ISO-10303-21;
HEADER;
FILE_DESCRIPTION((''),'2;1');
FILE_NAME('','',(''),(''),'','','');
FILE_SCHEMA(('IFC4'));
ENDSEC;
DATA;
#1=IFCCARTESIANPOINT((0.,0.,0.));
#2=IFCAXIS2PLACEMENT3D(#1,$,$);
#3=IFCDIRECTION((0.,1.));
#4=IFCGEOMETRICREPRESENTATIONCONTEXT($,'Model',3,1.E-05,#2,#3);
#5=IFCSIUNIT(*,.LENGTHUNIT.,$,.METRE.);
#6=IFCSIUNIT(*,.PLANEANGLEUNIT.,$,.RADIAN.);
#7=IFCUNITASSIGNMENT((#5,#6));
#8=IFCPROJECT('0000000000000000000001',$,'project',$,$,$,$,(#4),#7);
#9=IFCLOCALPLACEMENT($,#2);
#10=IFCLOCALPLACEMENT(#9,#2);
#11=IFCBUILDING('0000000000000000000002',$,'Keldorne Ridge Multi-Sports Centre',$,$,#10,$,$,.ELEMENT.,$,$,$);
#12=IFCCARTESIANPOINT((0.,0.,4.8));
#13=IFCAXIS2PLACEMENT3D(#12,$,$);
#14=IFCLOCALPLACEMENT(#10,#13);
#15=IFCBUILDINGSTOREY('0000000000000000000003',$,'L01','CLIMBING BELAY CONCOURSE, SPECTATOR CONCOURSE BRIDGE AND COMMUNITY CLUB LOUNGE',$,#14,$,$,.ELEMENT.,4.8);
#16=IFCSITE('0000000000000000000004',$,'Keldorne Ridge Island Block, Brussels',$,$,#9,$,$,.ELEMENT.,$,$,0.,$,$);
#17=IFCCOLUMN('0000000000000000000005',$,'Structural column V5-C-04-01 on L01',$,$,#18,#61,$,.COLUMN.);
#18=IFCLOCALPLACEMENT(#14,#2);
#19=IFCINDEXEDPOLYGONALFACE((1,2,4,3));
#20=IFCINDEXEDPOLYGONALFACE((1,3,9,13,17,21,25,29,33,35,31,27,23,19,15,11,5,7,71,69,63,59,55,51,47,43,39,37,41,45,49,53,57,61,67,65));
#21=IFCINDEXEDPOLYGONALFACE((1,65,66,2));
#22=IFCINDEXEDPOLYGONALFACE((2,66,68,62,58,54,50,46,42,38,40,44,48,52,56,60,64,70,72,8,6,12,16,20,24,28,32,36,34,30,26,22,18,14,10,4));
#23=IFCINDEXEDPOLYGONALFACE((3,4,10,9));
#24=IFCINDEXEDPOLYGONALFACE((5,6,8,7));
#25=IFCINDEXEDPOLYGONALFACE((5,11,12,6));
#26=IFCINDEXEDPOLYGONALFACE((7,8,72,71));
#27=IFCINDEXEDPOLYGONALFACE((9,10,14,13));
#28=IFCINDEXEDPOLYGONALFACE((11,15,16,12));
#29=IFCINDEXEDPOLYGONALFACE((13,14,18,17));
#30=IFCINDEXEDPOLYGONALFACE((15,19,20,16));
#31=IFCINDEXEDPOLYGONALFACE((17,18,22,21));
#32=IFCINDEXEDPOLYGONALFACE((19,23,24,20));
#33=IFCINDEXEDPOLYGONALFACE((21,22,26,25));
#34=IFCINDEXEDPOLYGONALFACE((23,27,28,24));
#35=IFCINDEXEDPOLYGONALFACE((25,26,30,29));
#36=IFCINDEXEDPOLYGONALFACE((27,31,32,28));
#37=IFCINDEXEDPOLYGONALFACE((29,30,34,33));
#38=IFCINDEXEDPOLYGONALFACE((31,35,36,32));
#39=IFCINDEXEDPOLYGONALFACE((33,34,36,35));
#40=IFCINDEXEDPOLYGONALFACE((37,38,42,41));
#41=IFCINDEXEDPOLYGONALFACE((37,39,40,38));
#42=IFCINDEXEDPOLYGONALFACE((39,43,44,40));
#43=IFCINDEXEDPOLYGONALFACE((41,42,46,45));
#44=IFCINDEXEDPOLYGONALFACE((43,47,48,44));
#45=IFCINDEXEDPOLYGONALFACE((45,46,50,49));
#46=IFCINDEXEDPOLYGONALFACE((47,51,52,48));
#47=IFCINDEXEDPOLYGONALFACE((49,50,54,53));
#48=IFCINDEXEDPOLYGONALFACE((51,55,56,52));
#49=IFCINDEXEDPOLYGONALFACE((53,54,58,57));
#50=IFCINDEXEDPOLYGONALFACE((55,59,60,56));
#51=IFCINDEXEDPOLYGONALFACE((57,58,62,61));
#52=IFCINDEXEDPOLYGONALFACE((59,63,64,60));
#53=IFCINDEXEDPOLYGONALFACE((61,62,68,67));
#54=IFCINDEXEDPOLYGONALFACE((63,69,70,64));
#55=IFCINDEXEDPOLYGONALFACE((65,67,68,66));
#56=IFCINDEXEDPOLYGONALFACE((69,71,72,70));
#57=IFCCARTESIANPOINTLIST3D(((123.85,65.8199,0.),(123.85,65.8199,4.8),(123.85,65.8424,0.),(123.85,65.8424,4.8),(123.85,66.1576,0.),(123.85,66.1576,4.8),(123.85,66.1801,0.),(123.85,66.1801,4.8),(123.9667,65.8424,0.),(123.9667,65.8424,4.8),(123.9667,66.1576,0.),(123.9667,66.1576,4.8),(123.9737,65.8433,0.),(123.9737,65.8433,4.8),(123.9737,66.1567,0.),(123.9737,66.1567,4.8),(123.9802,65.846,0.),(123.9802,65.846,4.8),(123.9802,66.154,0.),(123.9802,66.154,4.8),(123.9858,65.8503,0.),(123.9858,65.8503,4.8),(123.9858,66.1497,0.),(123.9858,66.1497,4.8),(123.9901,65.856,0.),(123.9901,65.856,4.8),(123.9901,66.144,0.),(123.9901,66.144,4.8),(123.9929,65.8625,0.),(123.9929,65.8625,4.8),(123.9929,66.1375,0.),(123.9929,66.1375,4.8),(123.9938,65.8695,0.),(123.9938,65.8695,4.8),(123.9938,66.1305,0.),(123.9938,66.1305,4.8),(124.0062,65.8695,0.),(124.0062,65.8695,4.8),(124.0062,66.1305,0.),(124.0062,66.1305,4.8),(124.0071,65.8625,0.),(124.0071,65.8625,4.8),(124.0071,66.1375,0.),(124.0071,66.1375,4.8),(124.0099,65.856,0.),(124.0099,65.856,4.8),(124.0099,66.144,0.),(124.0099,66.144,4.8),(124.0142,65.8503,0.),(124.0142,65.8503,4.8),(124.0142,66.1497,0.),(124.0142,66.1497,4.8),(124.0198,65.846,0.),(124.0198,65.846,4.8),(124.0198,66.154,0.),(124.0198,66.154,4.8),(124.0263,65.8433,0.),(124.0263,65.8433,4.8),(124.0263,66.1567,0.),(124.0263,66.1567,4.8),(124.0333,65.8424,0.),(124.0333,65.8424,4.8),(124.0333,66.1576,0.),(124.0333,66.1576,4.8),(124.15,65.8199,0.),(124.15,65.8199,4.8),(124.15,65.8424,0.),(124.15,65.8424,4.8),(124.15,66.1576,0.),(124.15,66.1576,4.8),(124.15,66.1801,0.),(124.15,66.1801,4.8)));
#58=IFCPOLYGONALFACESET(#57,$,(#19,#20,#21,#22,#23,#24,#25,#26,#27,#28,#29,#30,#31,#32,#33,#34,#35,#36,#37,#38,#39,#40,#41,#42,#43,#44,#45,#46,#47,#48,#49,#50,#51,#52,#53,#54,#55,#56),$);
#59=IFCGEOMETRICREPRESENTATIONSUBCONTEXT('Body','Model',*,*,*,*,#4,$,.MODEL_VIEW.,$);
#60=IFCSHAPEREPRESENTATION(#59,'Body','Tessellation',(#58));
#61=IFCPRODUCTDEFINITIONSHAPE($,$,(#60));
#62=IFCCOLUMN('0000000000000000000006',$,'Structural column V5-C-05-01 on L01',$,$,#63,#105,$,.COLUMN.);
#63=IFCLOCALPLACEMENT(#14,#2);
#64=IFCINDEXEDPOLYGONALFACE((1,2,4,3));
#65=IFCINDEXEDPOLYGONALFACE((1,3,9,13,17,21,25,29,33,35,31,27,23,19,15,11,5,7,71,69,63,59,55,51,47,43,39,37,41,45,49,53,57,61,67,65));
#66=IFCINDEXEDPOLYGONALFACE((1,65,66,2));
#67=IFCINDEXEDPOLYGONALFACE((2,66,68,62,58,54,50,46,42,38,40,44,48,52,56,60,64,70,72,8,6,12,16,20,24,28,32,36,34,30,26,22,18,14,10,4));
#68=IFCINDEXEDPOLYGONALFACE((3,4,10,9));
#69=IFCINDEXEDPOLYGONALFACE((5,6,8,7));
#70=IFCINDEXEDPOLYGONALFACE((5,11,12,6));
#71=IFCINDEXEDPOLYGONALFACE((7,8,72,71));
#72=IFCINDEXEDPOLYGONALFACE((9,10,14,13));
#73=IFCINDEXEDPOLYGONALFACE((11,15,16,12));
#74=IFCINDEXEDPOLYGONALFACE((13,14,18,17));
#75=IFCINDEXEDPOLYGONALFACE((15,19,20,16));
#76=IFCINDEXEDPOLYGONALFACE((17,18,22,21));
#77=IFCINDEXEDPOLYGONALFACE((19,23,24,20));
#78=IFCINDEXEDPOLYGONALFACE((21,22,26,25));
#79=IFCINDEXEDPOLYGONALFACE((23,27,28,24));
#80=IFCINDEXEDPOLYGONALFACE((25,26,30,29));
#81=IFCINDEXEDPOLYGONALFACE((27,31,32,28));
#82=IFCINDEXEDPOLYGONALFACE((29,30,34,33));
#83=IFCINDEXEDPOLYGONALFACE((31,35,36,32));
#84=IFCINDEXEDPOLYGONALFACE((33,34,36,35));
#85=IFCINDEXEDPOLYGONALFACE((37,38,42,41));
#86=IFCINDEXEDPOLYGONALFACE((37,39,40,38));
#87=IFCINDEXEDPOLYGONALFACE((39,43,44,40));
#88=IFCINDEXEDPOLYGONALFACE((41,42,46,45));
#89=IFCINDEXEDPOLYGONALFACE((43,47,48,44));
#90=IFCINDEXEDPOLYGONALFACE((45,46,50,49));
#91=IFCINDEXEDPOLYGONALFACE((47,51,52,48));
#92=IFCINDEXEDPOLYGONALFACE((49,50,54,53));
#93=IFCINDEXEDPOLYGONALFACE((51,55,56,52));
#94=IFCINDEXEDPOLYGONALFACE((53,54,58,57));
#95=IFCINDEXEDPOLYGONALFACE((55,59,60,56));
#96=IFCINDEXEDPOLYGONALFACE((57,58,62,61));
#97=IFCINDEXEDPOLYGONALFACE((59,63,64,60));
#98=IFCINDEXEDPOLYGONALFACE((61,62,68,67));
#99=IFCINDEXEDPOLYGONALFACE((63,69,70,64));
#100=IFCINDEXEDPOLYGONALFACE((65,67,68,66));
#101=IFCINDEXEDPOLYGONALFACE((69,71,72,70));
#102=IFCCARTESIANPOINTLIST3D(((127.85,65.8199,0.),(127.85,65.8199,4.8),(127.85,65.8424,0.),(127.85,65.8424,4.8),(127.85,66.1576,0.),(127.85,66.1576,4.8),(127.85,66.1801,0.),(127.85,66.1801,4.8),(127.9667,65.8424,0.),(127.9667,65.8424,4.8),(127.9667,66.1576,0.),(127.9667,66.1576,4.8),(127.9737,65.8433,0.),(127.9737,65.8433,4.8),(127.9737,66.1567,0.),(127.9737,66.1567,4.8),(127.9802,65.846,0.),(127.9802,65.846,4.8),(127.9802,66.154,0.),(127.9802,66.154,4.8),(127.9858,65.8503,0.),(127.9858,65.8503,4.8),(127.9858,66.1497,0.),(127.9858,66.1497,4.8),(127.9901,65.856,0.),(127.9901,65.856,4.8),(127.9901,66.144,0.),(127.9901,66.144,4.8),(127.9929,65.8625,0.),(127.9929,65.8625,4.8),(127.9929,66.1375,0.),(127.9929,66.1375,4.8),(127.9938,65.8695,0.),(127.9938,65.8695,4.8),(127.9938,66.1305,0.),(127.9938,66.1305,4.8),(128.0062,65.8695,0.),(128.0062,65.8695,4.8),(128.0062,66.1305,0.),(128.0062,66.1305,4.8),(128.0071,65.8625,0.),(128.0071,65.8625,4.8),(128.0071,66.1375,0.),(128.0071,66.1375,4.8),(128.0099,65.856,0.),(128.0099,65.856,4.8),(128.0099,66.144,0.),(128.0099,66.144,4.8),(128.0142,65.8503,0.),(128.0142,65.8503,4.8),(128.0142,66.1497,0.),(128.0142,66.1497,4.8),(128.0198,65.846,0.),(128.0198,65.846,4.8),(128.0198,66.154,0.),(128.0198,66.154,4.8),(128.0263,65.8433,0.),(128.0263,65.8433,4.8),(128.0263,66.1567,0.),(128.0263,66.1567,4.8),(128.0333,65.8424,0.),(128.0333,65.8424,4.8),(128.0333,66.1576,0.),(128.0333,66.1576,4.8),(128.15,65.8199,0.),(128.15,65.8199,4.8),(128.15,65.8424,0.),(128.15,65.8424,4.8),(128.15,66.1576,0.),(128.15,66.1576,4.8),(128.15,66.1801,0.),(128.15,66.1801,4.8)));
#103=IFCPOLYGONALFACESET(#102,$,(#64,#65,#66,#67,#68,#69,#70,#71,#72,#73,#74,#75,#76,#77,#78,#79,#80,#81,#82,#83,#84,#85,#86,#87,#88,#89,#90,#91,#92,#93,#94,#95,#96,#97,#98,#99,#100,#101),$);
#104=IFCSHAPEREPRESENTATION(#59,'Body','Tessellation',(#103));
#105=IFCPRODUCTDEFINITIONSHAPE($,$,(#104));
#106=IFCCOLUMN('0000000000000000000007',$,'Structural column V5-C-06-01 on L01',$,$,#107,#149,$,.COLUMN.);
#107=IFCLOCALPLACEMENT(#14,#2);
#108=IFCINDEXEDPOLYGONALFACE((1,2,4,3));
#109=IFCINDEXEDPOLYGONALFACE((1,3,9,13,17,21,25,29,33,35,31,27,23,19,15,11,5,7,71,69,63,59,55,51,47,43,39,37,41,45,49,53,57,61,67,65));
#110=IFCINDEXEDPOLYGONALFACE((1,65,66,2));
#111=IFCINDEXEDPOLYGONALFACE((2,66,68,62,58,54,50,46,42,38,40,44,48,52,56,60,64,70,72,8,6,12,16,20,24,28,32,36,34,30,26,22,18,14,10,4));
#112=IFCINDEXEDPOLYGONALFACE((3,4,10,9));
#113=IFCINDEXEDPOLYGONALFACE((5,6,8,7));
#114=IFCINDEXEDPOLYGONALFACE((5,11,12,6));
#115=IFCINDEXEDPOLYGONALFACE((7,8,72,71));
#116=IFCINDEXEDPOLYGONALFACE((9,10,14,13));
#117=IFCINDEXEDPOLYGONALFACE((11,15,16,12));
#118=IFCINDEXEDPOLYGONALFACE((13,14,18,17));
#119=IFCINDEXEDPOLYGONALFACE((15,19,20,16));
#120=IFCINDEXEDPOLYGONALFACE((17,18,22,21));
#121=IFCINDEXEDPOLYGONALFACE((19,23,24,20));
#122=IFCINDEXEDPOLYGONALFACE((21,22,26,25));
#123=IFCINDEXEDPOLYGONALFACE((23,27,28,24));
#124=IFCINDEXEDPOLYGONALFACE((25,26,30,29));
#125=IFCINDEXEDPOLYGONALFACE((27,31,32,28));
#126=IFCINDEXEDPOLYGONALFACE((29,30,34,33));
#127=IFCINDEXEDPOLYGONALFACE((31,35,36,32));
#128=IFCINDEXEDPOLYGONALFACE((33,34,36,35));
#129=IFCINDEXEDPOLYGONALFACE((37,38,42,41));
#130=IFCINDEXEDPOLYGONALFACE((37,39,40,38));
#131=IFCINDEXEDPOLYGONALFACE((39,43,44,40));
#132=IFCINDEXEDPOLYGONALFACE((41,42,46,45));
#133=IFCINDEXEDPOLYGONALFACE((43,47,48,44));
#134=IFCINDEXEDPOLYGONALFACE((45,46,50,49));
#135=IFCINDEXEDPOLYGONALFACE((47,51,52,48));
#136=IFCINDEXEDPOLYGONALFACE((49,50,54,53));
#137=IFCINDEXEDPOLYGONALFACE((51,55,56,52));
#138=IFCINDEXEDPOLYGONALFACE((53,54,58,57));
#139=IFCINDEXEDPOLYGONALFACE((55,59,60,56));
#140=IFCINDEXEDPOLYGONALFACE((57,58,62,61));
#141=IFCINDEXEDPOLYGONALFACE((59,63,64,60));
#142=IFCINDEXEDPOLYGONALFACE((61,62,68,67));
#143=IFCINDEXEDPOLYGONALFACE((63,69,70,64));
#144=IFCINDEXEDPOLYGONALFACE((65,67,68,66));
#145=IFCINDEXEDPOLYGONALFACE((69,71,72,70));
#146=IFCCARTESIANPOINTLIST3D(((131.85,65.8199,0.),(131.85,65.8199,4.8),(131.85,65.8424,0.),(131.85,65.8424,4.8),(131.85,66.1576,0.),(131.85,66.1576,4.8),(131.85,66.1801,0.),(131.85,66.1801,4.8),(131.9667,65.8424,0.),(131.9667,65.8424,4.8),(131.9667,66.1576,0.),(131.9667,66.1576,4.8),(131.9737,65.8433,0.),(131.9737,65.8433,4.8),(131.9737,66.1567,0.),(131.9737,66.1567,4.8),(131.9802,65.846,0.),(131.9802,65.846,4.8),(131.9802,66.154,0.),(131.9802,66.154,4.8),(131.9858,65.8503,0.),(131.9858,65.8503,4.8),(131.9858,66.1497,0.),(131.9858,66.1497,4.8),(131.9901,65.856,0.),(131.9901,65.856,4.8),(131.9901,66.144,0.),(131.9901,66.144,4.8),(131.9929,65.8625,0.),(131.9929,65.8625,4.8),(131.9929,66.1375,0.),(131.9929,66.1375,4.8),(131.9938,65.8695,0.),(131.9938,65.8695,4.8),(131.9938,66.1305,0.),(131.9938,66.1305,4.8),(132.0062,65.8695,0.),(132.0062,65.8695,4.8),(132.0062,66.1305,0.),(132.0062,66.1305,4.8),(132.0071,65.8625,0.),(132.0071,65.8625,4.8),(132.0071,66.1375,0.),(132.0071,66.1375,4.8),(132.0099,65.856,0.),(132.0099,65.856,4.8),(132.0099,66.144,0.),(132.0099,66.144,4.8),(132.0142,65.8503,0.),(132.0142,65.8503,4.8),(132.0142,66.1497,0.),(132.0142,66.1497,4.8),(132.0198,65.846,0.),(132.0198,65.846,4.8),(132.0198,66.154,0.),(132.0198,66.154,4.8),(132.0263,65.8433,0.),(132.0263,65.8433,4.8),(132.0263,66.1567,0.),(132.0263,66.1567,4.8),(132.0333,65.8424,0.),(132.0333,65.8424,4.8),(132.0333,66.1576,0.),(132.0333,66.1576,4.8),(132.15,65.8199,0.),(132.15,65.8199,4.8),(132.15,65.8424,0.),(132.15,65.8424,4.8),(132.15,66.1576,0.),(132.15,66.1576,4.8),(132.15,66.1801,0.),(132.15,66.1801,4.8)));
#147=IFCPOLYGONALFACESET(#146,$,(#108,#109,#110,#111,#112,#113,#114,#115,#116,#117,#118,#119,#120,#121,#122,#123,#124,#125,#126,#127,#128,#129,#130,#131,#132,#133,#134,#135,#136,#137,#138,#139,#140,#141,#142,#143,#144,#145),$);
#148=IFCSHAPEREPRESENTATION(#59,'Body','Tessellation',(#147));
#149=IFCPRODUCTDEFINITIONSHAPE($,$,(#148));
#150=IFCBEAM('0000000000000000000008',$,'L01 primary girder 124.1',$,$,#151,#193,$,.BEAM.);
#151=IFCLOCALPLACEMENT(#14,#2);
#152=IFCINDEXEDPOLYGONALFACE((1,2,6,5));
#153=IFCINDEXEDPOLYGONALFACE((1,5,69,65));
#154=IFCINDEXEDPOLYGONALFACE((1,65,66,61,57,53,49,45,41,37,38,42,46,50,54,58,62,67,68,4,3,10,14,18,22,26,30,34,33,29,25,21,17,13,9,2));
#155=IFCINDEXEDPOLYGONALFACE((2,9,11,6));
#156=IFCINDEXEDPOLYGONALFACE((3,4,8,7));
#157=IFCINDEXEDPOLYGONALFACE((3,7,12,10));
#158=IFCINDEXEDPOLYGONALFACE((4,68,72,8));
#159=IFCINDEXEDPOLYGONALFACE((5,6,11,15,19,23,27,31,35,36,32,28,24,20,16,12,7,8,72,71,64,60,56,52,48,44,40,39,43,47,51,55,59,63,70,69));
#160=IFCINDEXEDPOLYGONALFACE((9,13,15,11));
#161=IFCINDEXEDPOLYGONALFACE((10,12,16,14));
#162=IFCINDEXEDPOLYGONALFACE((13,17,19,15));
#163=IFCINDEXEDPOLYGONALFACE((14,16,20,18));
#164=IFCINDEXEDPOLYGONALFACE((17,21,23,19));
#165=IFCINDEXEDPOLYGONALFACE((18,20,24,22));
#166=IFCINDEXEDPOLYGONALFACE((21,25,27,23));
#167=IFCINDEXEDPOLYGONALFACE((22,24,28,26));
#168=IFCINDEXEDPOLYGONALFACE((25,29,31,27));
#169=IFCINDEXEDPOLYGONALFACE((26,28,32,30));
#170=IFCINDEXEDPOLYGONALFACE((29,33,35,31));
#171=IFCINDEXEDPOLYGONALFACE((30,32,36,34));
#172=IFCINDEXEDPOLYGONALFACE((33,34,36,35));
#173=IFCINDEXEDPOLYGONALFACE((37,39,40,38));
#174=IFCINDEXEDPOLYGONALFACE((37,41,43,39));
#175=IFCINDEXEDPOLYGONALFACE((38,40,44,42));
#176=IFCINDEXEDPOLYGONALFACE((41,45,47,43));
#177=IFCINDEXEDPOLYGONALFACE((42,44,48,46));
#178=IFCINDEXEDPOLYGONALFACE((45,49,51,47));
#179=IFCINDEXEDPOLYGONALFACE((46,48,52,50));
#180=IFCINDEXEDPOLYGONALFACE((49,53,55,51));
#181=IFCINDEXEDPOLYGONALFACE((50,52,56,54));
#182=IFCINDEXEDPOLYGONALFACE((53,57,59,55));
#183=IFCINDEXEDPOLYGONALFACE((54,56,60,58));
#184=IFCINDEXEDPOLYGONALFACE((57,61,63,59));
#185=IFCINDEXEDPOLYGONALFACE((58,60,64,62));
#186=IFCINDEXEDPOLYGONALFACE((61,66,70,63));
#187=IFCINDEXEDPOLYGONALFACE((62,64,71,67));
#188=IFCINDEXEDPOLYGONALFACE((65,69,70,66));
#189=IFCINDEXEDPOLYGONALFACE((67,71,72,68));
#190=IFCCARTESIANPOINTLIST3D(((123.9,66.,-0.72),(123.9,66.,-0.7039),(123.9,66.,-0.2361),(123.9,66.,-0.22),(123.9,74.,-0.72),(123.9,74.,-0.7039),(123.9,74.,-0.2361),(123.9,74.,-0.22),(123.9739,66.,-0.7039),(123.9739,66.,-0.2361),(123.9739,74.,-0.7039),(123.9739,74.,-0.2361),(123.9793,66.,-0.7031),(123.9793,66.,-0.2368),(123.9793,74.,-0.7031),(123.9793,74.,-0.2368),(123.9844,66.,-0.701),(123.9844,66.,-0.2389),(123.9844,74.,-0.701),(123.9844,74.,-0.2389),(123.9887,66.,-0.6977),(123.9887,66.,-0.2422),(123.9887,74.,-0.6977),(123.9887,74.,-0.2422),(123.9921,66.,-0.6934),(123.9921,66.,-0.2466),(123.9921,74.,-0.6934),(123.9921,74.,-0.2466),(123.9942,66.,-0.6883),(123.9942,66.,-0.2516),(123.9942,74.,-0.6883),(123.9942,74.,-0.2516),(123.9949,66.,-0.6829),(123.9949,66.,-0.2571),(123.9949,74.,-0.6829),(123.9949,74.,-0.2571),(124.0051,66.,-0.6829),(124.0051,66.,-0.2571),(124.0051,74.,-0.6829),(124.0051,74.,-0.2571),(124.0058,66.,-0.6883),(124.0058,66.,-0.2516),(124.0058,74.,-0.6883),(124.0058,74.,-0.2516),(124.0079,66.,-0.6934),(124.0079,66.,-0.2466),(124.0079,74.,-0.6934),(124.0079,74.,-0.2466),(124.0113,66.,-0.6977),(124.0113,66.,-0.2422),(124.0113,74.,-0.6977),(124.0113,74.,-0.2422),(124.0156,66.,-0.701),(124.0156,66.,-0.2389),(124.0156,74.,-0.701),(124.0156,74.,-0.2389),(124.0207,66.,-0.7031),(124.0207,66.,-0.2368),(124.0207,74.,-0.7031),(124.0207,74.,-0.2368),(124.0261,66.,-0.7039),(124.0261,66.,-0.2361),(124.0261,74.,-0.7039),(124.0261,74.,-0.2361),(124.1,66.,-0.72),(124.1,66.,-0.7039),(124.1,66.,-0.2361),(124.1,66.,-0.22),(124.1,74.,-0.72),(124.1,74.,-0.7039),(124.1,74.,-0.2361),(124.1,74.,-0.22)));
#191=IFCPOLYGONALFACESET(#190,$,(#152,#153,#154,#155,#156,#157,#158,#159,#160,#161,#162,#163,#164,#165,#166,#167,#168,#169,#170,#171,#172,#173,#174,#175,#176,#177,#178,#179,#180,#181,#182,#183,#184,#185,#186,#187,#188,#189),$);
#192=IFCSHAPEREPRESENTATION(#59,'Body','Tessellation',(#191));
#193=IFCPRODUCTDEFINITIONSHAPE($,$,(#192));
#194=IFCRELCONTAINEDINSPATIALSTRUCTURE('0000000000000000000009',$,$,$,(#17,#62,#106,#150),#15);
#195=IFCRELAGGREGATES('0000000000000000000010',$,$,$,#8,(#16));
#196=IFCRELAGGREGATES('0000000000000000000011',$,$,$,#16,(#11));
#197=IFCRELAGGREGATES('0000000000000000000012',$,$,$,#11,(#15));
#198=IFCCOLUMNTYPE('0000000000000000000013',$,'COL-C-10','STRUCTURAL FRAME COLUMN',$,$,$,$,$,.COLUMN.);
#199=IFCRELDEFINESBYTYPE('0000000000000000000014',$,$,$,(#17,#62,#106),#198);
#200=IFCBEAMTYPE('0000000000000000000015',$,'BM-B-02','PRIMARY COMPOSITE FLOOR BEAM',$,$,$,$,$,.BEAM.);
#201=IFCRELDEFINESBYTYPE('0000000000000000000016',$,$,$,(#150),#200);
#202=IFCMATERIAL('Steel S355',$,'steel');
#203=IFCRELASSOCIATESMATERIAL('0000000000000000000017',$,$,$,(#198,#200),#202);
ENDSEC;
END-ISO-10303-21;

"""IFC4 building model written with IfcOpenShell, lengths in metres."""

from ifc_helpers import new_model, si_unit, direction, frame, origin, origin_2d, place, context, subcontext, project, spatial, i_section, extrude, material, material_profile, profile_set, type_object, element, save


model = new_model("IFC4")

# Units and contexts
model_context = context("Model", 3, precision=1e-05, world=origin(), true_north=direction((0.0, 1.0)))
body_context = subcontext(model_context, "Body", "Model", "MODEL_VIEW")
ifc_project = project(units=[si_unit("LENGTHUNIT", "METRE"), si_unit("PLANEANGLEUNIT", "RADIAN")], contexts=[model_context])

# Site, building, storey
site_placement = place(None, origin())
site = spatial("IfcSite", under=ifc_project, at=site_placement, Name="Keldorne Ridge Island Block, Brussels", CompositionType="ELEMENT", RefElevation=0.0)
building_placement = place(site_placement, origin())
building = spatial("IfcBuilding", under=site, at=building_placement, Name="Keldorne Ridge Multi-Sports Centre", CompositionType="ELEMENT")
storey_placement = place(building_placement, frame((0.0, 0.0, 4.8)))
storey = spatial("IfcBuildingStorey", under=building, at=storey_placement, Name="L01", Description="CLIMBING BELAY CONCOURSE, SPECTATOR CONCOURSE BRIDGE AND COMMUNITY CLUB LOUNGE", CompositionType="ELEMENT", Elevation=4.8)

# Columns
ifc_material_1 = material(Name="Steel S355", Category="steel")
ifc_material_profile_1 = material_profile(ifc_material_1, i_section(OverallWidth=0.3, OverallDepth=0.3601, WebThickness=0.0125, FlangeThickness=0.0225, FilletRadius=0.0271, at=origin_2d()), Name="HEB 360")
ifc_profile_set_1 = profile_set([ifc_material_profile_1], Name="Steel S355")
column_type = type_object("IfcColumnType", Name="COL-C-10", Description="STRUCTURAL FRAME COLUMN", PredefinedType="COLUMN", material=ifc_profile_set_1)
for number, where, z_axis, x_axis, name in (
    (1, (124.0, 66.0, 0.0), (0.0, 0.0, 1.0), (1.0, 0.0, 0.0), "Structural column V5-C-04-01 on L01"),
    (2, (128.0, 66.0, 0.0), (0.0, 0.0, 1.0), (1.0, 0.0, 0.0), "Structural column V5-C-05-01 on L01"),
    (3, (132.0, 66.0, 0.0), (0.0, 0.0, 1.0), (1.0, 0.0, 0.0), "Structural column V5-C-06-01 on L01"),
):
    element("IfcColumn", number, at=place(storey_placement, frame(where, z_axis=z_axis, x_axis=x_axis)), inside=storey, type_object=column_type, Name=name, PredefinedType="COLUMN", context=body_context, shape_type="SweptSolid", body=[
        extrude(i_section(OverallWidth=0.3, OverallDepth=0.3601, WebThickness=0.0125, FlangeThickness=0.0225, FilletRadius=0.0271, at=origin_2d()), origin(), (0.0, 0.0, 1.0), 4.8),
    ])

# Beam
ifc_material_profile_2 = material_profile(ifc_material_1, i_section(OverallWidth=0.2, OverallDepth=0.5, WebThickness=0.0103, FlangeThickness=0.0161, FilletRadius=0.021, at=origin_2d()), Name="IPE 500")
ifc_profile_set_2 = profile_set([ifc_material_profile_2], Name="Steel S355")
beam_type_1 = type_object("IfcBeamType", Name="BM-B-02", Description="PRIMARY COMPOSITE FLOOR BEAM", PredefinedType="BEAM", material=ifc_profile_set_2)
for number, where, z_axis, x_axis, name in (
    (4, (124.0, 66.0, -0.47), (0.0, 1.0, 0.0), (-1.0, 0.0, 0.0), "L01 primary girder 124.1"),
):
    element("IfcBeam", number, at=place(storey_placement, frame(where, z_axis=z_axis, x_axis=x_axis)), inside=storey, type_object=beam_type_1, Name=name, PredefinedType="BEAM", context=body_context, shape_type="SweptSolid", body=[
        extrude(i_section(OverallWidth=0.2, OverallDepth=0.5, WebThickness=0.0103, FlangeThickness=0.0161, FilletRadius=0.021, at=origin_2d()), origin(), (0.0, 0.0, 1.0), 8.0),
    ])

save(model, "model.ifc")
